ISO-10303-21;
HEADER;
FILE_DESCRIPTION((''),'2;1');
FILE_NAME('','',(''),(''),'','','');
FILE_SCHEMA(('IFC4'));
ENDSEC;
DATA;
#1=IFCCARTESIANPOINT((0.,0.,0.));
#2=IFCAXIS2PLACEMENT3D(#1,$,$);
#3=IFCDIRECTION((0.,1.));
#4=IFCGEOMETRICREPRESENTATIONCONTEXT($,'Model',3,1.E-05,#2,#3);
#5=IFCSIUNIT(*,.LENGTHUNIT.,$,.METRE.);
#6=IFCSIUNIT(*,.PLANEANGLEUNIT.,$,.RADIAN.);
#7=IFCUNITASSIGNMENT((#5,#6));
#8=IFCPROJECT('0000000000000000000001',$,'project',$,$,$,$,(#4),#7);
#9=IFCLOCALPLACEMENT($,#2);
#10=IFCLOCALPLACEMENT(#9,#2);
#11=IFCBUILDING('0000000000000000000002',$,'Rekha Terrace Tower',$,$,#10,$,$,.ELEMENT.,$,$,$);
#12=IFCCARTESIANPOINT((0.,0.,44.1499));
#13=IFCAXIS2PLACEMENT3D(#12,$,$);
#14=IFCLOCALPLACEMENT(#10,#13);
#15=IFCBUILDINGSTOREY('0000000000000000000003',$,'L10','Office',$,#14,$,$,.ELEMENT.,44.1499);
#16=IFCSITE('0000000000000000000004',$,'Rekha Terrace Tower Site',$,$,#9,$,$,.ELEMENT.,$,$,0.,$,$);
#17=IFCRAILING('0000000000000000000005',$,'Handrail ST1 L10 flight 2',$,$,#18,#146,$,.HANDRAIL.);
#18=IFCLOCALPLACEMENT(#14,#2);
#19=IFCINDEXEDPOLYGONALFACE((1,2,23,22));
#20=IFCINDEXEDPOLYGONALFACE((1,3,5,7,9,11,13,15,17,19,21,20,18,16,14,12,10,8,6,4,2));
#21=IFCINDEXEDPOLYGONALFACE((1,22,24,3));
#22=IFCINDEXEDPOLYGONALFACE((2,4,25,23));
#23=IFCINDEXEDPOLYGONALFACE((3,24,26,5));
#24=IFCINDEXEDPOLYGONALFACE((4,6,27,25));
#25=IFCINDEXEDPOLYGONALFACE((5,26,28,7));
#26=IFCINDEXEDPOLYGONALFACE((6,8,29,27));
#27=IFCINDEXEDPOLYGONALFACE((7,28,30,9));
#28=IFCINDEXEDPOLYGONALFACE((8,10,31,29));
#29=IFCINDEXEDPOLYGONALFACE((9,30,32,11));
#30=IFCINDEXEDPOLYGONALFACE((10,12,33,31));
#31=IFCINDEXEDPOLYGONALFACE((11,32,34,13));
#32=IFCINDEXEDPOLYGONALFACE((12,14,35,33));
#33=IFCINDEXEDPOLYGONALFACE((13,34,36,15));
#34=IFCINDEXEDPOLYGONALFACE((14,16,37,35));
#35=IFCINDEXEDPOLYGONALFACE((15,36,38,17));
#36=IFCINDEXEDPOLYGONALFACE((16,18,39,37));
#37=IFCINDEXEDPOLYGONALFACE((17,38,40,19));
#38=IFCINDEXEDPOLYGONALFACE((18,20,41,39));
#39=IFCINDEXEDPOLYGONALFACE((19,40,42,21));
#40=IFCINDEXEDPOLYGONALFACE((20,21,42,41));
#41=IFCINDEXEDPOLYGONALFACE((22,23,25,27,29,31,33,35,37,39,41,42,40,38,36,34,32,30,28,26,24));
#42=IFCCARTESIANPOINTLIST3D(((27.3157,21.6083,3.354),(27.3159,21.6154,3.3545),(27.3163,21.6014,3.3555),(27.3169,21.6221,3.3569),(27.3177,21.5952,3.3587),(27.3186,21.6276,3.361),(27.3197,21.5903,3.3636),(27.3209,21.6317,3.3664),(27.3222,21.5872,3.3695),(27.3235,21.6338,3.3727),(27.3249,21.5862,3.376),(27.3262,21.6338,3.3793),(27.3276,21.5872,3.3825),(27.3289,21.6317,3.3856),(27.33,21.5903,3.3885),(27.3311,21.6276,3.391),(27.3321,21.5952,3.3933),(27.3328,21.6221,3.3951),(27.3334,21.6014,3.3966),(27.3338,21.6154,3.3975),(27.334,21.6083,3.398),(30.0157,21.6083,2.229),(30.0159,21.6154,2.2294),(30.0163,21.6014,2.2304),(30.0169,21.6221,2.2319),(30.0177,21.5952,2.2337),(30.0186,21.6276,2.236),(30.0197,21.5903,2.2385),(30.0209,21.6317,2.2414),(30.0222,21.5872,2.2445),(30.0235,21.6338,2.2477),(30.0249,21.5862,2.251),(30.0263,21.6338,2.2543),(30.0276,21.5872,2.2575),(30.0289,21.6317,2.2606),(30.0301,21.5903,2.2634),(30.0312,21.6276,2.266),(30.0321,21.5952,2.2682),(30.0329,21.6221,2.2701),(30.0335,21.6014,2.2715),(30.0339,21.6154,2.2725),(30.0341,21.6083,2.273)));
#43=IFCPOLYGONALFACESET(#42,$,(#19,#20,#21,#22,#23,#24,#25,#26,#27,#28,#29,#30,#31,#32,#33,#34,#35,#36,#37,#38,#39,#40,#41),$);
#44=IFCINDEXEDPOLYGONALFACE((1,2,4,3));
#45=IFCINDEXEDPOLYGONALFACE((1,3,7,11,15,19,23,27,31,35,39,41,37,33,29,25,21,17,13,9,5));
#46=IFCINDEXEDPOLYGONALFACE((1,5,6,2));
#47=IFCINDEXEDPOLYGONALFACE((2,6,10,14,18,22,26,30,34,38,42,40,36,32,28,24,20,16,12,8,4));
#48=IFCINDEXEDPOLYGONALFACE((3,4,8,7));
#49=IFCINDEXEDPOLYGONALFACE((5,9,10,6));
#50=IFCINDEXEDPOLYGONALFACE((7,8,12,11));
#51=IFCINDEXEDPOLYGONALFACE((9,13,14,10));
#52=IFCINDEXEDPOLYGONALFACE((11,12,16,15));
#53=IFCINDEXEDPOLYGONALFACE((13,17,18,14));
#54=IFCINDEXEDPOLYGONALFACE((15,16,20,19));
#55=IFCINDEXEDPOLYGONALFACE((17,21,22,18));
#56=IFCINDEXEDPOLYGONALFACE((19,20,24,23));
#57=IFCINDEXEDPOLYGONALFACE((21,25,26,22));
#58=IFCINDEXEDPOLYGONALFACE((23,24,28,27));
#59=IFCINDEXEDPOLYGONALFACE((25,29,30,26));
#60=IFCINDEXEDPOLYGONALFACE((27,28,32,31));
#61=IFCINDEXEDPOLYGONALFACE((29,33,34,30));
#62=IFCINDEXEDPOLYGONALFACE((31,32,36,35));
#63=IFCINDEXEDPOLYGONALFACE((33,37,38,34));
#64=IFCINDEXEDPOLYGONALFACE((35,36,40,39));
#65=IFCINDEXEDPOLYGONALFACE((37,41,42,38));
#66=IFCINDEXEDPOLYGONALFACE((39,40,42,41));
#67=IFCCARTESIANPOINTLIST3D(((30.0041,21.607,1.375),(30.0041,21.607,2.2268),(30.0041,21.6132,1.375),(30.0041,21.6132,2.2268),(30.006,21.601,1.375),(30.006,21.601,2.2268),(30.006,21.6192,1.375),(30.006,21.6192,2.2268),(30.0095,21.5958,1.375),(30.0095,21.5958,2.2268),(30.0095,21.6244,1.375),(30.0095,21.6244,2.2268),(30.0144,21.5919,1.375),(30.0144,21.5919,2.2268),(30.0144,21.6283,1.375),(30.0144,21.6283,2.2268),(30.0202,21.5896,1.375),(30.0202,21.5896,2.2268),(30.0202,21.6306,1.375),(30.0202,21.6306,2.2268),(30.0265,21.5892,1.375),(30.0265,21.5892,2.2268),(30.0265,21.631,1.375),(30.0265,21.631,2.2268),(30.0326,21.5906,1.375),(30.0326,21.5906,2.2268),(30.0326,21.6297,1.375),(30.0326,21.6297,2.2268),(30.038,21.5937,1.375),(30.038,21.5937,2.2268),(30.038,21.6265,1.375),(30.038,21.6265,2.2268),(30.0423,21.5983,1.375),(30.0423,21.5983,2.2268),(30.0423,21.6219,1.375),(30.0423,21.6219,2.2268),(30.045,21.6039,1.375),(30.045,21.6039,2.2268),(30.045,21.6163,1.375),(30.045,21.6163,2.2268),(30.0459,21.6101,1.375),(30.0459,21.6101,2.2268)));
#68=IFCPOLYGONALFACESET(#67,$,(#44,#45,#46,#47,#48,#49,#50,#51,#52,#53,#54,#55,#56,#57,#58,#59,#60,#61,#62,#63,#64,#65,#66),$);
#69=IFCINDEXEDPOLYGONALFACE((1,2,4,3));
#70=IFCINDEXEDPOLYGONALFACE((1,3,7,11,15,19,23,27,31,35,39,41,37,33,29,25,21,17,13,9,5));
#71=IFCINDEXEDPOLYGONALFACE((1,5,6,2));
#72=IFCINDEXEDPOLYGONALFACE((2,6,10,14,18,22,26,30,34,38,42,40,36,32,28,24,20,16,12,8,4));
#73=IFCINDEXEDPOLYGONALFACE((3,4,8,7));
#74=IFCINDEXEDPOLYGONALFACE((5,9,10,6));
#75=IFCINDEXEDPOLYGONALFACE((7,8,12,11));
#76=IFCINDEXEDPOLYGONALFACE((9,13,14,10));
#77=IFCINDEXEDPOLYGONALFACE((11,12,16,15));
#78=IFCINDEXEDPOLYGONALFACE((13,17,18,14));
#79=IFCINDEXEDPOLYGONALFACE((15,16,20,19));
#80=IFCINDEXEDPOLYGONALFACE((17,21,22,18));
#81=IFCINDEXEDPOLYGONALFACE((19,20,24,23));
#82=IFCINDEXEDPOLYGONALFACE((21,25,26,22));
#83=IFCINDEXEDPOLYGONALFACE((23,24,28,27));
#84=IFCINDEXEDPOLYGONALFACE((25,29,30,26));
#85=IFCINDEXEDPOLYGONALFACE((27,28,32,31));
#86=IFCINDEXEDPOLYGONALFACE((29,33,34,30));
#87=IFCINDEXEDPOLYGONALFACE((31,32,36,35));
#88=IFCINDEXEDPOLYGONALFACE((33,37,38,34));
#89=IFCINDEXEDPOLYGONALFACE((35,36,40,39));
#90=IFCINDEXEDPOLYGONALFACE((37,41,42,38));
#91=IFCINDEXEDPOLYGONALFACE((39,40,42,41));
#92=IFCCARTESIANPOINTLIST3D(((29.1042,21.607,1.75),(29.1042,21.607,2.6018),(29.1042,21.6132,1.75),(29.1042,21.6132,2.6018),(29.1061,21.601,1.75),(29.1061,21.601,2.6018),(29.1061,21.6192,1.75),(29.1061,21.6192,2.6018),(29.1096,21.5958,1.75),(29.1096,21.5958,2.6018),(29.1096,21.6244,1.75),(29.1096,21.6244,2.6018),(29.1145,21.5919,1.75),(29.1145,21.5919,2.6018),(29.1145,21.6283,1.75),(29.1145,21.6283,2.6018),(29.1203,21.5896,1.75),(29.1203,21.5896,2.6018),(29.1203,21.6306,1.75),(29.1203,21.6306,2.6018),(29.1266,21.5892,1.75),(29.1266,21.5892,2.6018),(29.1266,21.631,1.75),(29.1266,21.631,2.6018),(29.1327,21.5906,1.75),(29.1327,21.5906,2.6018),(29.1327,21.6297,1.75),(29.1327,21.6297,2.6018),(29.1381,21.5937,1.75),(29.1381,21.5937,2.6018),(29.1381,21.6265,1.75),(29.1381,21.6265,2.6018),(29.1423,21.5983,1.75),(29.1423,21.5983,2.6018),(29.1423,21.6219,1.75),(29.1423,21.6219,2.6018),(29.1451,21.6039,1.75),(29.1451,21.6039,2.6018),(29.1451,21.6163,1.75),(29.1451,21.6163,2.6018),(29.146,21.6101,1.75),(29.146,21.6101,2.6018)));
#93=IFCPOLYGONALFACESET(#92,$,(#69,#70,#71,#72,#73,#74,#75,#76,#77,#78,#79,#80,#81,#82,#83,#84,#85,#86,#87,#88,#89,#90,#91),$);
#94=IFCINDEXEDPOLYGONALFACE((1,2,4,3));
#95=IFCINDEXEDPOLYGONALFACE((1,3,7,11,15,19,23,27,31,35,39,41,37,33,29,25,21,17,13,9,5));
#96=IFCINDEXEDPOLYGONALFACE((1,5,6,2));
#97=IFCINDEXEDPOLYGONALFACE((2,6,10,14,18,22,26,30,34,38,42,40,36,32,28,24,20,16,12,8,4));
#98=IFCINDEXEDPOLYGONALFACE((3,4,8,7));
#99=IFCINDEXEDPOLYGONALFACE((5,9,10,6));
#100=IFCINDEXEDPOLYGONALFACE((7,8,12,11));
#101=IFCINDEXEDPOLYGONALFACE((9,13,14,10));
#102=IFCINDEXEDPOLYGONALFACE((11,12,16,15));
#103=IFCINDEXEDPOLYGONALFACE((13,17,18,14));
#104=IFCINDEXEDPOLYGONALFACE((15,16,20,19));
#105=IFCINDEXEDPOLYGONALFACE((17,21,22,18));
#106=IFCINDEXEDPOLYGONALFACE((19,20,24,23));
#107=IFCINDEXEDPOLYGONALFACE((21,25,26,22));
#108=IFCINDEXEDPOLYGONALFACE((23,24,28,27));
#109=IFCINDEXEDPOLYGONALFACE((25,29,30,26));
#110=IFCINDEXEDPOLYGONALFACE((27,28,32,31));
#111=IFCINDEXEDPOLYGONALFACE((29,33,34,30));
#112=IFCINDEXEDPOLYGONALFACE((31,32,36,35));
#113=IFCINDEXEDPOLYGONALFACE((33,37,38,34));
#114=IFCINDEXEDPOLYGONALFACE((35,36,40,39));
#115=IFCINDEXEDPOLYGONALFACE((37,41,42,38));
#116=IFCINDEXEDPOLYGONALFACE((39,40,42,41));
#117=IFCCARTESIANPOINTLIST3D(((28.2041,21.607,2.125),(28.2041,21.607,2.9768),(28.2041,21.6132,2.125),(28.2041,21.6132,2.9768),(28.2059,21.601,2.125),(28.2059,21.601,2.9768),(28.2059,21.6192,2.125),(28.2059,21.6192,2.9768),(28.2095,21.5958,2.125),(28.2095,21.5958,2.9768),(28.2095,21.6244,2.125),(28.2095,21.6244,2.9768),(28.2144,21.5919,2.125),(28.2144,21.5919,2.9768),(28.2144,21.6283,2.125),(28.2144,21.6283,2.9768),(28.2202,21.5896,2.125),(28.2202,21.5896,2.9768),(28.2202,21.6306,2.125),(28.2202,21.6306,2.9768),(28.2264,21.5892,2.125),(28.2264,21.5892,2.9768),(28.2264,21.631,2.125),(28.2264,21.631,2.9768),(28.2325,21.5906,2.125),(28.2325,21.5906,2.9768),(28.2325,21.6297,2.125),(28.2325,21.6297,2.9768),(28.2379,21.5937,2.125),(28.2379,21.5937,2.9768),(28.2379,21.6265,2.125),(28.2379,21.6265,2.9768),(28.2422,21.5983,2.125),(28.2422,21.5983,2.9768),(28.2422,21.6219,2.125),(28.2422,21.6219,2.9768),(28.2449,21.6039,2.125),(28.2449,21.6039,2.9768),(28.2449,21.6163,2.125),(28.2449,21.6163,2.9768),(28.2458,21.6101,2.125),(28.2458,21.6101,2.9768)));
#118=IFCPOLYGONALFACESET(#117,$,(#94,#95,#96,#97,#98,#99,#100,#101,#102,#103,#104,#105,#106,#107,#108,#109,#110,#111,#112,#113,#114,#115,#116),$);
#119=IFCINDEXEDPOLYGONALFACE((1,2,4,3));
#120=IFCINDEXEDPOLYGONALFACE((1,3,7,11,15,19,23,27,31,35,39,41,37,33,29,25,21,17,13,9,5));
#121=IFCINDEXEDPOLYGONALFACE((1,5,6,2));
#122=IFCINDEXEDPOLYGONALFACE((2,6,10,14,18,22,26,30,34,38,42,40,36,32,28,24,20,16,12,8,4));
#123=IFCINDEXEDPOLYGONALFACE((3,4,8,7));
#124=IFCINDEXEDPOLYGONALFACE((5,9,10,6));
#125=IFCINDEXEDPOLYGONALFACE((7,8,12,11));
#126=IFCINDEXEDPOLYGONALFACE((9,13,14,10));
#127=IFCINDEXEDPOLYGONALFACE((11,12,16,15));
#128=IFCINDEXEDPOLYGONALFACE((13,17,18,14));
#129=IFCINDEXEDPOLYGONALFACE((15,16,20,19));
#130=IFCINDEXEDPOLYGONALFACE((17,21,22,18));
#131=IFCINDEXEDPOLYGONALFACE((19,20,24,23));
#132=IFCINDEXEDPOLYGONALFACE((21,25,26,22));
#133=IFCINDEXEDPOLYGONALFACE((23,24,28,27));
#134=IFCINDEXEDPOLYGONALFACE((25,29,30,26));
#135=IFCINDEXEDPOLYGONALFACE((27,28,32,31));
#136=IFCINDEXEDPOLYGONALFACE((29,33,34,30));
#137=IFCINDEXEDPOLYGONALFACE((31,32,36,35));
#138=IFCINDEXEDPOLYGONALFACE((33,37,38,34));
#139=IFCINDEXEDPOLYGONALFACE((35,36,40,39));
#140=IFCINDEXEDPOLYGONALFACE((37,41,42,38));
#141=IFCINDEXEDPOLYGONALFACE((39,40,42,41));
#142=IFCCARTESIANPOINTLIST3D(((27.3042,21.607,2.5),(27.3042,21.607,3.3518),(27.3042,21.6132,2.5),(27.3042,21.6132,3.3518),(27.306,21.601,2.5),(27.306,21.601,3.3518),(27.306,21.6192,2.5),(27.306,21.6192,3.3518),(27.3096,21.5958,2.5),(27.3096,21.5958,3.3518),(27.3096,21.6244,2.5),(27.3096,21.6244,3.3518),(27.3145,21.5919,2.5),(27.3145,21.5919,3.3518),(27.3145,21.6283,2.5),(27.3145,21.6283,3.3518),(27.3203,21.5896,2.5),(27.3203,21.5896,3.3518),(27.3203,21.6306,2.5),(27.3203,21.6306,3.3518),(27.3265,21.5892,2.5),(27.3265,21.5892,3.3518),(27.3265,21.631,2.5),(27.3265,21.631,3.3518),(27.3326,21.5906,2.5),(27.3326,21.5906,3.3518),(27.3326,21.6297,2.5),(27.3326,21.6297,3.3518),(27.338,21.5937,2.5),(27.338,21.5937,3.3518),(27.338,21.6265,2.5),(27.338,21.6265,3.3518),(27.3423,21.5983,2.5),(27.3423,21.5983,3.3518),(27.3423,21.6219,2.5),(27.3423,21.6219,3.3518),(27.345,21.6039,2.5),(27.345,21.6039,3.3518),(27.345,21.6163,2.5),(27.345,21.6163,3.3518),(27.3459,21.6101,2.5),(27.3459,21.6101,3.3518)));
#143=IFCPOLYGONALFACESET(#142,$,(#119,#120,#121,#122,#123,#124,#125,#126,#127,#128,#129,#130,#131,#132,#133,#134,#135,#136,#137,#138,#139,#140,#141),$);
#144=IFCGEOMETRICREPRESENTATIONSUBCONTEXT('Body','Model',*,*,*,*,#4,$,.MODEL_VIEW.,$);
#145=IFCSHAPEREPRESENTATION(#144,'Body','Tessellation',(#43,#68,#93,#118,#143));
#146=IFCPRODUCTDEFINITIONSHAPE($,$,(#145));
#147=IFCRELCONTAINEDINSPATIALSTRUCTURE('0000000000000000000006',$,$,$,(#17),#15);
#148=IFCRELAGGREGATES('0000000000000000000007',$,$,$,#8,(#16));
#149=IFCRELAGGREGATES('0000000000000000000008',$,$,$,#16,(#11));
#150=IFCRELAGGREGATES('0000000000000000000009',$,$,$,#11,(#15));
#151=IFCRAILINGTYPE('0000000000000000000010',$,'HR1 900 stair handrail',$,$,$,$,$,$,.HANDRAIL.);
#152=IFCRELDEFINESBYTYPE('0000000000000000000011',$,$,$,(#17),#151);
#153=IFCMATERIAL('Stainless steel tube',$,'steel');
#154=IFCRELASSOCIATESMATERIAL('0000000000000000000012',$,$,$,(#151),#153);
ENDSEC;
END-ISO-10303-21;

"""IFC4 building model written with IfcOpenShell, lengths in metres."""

from ifc_helpers import new_model, si_unit, direction, frame, origin, origin_2d, place, context, subcontext, project, spatial, circle, extrude, material, type_object, element, save


model = new_model("IFC4")

# Units and contexts
model_context = context("Model", 3, precision=1e-05, world=origin(), true_north=direction((0.0, 1.0)))
body_context = subcontext(model_context, "Body", "Model", "MODEL_VIEW")
ifc_project = project(units=[si_unit("LENGTHUNIT", "METRE"), si_unit("PLANEANGLEUNIT", "RADIAN")], contexts=[model_context])

# Site, building, storey
site_placement = place(None, origin())
site = spatial("IfcSite", under=ifc_project, at=site_placement, Name="Rekha Terrace Tower Site", CompositionType="ELEMENT", RefElevation=0.0)
building_placement = place(site_placement, origin())
building = spatial("IfcBuilding", under=site, at=building_placement, Name="Rekha Terrace Tower", CompositionType="ELEMENT")
storey_placement = place(building_placement, frame((0.0, 0.0, 44.1499)))
storey = spatial("IfcBuildingStorey", under=building, at=storey_placement, Name="L10", Description="Office", CompositionType="ELEMENT", Elevation=44.1499)

# Railing
ifc_material_1 = material(Name="Stainless steel tube", Category="steel")
railing_type_1 = type_object("IfcRailingType", Name="HR1 900 stair handrail", PredefinedType="HANDRAIL", material=ifc_material_1)
railing_1_placement = place(storey_placement, frame((30.0249, 21.6101, 1.375)))
element("IfcRailing", 1, at=railing_1_placement, inside=storey, type_object=railing_type_1, Name="Handrail ST1 L10 flight 2", PredefinedType="HANDRAIL", context=body_context, shape_type="SweptSolid", body=[
    extrude(circle(Radius=0.0239, at=origin_2d()), frame((0.0, 0.0, 0.876), z_axis=(-0.923074, 0.0, 0.384621), x_axis=(0.0, -1.0, 0.0)), (0.0, 0.0, 1.0), 2.925),
    extrude(circle(Radius=0.021, at=origin_2d()), origin(), (0.0, 0.0, 1.0), 0.8518),
    extrude(circle(Radius=0.021, at=origin_2d()), frame((-0.8999, 0.0, 0.375)), (0.0, 0.0, 1.0), 0.8518),
    extrude(circle(Radius=0.021, at=origin_2d()), frame((-1.8, 0.0, 0.75)), (0.0, 0.0, 1.0), 0.8518),
    extrude(circle(Radius=0.021, at=origin_2d()), frame((-2.7, 0.0, 1.125)), (0.0, 0.0, 1.0), 0.8518),
])

save(model, "model.ifc")
